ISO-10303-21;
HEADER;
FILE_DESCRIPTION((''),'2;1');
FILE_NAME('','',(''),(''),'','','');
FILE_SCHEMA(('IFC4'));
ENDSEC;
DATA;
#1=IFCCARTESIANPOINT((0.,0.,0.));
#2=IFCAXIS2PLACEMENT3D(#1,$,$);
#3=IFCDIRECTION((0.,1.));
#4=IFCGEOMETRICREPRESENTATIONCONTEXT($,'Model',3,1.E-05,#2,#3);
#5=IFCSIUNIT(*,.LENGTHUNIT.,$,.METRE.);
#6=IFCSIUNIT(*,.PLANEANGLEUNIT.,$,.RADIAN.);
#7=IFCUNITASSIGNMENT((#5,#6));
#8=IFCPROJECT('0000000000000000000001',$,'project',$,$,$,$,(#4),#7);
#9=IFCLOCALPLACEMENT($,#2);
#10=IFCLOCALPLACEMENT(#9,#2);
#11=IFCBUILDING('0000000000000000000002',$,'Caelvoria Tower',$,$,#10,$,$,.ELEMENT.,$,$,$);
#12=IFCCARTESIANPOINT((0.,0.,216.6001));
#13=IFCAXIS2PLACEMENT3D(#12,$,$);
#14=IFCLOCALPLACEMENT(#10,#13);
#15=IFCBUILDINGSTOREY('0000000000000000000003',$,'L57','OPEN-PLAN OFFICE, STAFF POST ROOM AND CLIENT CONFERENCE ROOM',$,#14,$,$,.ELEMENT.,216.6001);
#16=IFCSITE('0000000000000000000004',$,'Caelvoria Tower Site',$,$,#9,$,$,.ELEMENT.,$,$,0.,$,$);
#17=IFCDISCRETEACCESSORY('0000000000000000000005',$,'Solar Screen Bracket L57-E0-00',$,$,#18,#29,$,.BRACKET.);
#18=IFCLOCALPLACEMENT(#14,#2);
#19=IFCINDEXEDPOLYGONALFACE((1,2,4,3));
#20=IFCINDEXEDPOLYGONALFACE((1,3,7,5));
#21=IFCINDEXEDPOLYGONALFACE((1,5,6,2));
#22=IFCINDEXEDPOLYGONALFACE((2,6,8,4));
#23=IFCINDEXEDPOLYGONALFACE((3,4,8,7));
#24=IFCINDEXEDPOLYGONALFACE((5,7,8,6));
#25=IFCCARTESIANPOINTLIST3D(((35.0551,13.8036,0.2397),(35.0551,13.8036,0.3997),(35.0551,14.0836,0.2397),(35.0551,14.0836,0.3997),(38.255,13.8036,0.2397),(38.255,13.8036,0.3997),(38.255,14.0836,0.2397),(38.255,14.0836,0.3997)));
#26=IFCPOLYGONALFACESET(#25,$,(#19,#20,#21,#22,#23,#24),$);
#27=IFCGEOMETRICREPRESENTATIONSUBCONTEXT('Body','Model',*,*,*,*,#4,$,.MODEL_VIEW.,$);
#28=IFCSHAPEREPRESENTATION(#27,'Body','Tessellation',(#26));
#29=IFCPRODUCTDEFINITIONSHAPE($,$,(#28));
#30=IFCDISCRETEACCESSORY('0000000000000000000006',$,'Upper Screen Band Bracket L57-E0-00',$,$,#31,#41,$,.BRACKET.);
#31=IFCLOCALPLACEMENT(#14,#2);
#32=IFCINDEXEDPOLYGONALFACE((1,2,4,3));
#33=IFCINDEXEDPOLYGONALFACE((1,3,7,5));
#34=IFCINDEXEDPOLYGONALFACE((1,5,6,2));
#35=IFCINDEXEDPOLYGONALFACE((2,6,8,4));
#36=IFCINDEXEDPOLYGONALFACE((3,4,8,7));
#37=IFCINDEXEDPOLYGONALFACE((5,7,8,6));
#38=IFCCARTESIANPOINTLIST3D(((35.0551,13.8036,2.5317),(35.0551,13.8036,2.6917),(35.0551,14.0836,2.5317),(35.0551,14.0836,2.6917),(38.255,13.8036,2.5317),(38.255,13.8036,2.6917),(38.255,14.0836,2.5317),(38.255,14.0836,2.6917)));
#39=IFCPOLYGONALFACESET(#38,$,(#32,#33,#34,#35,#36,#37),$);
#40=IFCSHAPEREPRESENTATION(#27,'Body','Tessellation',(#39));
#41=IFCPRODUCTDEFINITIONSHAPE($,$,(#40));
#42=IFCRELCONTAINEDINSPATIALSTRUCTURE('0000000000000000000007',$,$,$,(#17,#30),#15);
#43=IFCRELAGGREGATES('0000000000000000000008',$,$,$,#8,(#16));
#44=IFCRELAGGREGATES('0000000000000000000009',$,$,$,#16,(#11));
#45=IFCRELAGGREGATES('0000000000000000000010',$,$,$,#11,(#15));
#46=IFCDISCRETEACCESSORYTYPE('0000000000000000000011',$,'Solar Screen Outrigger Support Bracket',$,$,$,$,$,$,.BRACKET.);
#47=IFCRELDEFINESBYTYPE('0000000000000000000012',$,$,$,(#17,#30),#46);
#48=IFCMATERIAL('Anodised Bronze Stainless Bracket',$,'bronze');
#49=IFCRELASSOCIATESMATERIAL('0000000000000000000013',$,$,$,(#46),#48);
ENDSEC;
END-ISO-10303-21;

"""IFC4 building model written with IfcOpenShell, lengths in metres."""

from ifc_helpers import new_model, si_unit, direction, frame, origin, origin_2d, place, context, subcontext, project, spatial, rectangle, extrude, material, type_object, element, save


model = new_model("IFC4")

# Units and contexts
model_context = context("Model", 3, precision=1e-05, world=origin(), true_north=direction((0.0, 1.0)))
body_context = subcontext(model_context, "Body", "Model", "MODEL_VIEW")
ifc_project = project(units=[si_unit("LENGTHUNIT", "METRE"), si_unit("PLANEANGLEUNIT", "RADIAN")], contexts=[model_context])

# Site, building, storey
site_placement = place(None, origin())
site = spatial("IfcSite", under=ifc_project, at=site_placement, Name="Caelvoria Tower Site", CompositionType="ELEMENT", RefElevation=0.0)
building_placement = place(site_placement, origin())
building = spatial("IfcBuilding", under=site, at=building_placement, Name="Caelvoria Tower", CompositionType="ELEMENT")
storey_placement = place(building_placement, frame((0.0, 0.0, 216.6001)))
storey = spatial("IfcBuildingStorey", under=building, at=storey_placement, Name="L57", Description="OPEN-PLAN OFFICE, STAFF POST ROOM AND CLIENT CONFERENCE ROOM", CompositionType="ELEMENT", Elevation=216.6001)

# Discrete accessories
ifc_material_1 = material(Name="Anodised Bronze Stainless Bracket", Category="bronze")
discrete_accessory_type = type_object("IfcDiscreteAccessoryType", Name="Solar Screen Outrigger Support Bracket", PredefinedType="BRACKET", material=ifc_material_1)
for number, where, z_axis, x_axis, name in (
    (1, (36.655, 13.9436, 0.2397), (0.0, 0.0, 1.0), (1.0, 0.0, 0.0), "Solar Screen Bracket L57-E0-00"),
    (2, (36.655, 13.9436, 2.5317), (0.0, 0.0, 1.0), (1.0, 0.0, 0.0), "Upper Screen Band Bracket L57-E0-00"),
):
    element("IfcDiscreteAccessory", number, at=place(storey_placement, frame(where, z_axis=z_axis, x_axis=x_axis)), inside=storey, type_object=discrete_accessory_type, Name=name, PredefinedType="BRACKET", context=body_context, shape_type="SweptSolid", body=[
        extrude(rectangle(XDim=3.2, YDim=0.28, at=origin_2d()), origin(), (0.0, 0.0, 1.0), 0.1599),
    ])

save(model, "model.ifc")
